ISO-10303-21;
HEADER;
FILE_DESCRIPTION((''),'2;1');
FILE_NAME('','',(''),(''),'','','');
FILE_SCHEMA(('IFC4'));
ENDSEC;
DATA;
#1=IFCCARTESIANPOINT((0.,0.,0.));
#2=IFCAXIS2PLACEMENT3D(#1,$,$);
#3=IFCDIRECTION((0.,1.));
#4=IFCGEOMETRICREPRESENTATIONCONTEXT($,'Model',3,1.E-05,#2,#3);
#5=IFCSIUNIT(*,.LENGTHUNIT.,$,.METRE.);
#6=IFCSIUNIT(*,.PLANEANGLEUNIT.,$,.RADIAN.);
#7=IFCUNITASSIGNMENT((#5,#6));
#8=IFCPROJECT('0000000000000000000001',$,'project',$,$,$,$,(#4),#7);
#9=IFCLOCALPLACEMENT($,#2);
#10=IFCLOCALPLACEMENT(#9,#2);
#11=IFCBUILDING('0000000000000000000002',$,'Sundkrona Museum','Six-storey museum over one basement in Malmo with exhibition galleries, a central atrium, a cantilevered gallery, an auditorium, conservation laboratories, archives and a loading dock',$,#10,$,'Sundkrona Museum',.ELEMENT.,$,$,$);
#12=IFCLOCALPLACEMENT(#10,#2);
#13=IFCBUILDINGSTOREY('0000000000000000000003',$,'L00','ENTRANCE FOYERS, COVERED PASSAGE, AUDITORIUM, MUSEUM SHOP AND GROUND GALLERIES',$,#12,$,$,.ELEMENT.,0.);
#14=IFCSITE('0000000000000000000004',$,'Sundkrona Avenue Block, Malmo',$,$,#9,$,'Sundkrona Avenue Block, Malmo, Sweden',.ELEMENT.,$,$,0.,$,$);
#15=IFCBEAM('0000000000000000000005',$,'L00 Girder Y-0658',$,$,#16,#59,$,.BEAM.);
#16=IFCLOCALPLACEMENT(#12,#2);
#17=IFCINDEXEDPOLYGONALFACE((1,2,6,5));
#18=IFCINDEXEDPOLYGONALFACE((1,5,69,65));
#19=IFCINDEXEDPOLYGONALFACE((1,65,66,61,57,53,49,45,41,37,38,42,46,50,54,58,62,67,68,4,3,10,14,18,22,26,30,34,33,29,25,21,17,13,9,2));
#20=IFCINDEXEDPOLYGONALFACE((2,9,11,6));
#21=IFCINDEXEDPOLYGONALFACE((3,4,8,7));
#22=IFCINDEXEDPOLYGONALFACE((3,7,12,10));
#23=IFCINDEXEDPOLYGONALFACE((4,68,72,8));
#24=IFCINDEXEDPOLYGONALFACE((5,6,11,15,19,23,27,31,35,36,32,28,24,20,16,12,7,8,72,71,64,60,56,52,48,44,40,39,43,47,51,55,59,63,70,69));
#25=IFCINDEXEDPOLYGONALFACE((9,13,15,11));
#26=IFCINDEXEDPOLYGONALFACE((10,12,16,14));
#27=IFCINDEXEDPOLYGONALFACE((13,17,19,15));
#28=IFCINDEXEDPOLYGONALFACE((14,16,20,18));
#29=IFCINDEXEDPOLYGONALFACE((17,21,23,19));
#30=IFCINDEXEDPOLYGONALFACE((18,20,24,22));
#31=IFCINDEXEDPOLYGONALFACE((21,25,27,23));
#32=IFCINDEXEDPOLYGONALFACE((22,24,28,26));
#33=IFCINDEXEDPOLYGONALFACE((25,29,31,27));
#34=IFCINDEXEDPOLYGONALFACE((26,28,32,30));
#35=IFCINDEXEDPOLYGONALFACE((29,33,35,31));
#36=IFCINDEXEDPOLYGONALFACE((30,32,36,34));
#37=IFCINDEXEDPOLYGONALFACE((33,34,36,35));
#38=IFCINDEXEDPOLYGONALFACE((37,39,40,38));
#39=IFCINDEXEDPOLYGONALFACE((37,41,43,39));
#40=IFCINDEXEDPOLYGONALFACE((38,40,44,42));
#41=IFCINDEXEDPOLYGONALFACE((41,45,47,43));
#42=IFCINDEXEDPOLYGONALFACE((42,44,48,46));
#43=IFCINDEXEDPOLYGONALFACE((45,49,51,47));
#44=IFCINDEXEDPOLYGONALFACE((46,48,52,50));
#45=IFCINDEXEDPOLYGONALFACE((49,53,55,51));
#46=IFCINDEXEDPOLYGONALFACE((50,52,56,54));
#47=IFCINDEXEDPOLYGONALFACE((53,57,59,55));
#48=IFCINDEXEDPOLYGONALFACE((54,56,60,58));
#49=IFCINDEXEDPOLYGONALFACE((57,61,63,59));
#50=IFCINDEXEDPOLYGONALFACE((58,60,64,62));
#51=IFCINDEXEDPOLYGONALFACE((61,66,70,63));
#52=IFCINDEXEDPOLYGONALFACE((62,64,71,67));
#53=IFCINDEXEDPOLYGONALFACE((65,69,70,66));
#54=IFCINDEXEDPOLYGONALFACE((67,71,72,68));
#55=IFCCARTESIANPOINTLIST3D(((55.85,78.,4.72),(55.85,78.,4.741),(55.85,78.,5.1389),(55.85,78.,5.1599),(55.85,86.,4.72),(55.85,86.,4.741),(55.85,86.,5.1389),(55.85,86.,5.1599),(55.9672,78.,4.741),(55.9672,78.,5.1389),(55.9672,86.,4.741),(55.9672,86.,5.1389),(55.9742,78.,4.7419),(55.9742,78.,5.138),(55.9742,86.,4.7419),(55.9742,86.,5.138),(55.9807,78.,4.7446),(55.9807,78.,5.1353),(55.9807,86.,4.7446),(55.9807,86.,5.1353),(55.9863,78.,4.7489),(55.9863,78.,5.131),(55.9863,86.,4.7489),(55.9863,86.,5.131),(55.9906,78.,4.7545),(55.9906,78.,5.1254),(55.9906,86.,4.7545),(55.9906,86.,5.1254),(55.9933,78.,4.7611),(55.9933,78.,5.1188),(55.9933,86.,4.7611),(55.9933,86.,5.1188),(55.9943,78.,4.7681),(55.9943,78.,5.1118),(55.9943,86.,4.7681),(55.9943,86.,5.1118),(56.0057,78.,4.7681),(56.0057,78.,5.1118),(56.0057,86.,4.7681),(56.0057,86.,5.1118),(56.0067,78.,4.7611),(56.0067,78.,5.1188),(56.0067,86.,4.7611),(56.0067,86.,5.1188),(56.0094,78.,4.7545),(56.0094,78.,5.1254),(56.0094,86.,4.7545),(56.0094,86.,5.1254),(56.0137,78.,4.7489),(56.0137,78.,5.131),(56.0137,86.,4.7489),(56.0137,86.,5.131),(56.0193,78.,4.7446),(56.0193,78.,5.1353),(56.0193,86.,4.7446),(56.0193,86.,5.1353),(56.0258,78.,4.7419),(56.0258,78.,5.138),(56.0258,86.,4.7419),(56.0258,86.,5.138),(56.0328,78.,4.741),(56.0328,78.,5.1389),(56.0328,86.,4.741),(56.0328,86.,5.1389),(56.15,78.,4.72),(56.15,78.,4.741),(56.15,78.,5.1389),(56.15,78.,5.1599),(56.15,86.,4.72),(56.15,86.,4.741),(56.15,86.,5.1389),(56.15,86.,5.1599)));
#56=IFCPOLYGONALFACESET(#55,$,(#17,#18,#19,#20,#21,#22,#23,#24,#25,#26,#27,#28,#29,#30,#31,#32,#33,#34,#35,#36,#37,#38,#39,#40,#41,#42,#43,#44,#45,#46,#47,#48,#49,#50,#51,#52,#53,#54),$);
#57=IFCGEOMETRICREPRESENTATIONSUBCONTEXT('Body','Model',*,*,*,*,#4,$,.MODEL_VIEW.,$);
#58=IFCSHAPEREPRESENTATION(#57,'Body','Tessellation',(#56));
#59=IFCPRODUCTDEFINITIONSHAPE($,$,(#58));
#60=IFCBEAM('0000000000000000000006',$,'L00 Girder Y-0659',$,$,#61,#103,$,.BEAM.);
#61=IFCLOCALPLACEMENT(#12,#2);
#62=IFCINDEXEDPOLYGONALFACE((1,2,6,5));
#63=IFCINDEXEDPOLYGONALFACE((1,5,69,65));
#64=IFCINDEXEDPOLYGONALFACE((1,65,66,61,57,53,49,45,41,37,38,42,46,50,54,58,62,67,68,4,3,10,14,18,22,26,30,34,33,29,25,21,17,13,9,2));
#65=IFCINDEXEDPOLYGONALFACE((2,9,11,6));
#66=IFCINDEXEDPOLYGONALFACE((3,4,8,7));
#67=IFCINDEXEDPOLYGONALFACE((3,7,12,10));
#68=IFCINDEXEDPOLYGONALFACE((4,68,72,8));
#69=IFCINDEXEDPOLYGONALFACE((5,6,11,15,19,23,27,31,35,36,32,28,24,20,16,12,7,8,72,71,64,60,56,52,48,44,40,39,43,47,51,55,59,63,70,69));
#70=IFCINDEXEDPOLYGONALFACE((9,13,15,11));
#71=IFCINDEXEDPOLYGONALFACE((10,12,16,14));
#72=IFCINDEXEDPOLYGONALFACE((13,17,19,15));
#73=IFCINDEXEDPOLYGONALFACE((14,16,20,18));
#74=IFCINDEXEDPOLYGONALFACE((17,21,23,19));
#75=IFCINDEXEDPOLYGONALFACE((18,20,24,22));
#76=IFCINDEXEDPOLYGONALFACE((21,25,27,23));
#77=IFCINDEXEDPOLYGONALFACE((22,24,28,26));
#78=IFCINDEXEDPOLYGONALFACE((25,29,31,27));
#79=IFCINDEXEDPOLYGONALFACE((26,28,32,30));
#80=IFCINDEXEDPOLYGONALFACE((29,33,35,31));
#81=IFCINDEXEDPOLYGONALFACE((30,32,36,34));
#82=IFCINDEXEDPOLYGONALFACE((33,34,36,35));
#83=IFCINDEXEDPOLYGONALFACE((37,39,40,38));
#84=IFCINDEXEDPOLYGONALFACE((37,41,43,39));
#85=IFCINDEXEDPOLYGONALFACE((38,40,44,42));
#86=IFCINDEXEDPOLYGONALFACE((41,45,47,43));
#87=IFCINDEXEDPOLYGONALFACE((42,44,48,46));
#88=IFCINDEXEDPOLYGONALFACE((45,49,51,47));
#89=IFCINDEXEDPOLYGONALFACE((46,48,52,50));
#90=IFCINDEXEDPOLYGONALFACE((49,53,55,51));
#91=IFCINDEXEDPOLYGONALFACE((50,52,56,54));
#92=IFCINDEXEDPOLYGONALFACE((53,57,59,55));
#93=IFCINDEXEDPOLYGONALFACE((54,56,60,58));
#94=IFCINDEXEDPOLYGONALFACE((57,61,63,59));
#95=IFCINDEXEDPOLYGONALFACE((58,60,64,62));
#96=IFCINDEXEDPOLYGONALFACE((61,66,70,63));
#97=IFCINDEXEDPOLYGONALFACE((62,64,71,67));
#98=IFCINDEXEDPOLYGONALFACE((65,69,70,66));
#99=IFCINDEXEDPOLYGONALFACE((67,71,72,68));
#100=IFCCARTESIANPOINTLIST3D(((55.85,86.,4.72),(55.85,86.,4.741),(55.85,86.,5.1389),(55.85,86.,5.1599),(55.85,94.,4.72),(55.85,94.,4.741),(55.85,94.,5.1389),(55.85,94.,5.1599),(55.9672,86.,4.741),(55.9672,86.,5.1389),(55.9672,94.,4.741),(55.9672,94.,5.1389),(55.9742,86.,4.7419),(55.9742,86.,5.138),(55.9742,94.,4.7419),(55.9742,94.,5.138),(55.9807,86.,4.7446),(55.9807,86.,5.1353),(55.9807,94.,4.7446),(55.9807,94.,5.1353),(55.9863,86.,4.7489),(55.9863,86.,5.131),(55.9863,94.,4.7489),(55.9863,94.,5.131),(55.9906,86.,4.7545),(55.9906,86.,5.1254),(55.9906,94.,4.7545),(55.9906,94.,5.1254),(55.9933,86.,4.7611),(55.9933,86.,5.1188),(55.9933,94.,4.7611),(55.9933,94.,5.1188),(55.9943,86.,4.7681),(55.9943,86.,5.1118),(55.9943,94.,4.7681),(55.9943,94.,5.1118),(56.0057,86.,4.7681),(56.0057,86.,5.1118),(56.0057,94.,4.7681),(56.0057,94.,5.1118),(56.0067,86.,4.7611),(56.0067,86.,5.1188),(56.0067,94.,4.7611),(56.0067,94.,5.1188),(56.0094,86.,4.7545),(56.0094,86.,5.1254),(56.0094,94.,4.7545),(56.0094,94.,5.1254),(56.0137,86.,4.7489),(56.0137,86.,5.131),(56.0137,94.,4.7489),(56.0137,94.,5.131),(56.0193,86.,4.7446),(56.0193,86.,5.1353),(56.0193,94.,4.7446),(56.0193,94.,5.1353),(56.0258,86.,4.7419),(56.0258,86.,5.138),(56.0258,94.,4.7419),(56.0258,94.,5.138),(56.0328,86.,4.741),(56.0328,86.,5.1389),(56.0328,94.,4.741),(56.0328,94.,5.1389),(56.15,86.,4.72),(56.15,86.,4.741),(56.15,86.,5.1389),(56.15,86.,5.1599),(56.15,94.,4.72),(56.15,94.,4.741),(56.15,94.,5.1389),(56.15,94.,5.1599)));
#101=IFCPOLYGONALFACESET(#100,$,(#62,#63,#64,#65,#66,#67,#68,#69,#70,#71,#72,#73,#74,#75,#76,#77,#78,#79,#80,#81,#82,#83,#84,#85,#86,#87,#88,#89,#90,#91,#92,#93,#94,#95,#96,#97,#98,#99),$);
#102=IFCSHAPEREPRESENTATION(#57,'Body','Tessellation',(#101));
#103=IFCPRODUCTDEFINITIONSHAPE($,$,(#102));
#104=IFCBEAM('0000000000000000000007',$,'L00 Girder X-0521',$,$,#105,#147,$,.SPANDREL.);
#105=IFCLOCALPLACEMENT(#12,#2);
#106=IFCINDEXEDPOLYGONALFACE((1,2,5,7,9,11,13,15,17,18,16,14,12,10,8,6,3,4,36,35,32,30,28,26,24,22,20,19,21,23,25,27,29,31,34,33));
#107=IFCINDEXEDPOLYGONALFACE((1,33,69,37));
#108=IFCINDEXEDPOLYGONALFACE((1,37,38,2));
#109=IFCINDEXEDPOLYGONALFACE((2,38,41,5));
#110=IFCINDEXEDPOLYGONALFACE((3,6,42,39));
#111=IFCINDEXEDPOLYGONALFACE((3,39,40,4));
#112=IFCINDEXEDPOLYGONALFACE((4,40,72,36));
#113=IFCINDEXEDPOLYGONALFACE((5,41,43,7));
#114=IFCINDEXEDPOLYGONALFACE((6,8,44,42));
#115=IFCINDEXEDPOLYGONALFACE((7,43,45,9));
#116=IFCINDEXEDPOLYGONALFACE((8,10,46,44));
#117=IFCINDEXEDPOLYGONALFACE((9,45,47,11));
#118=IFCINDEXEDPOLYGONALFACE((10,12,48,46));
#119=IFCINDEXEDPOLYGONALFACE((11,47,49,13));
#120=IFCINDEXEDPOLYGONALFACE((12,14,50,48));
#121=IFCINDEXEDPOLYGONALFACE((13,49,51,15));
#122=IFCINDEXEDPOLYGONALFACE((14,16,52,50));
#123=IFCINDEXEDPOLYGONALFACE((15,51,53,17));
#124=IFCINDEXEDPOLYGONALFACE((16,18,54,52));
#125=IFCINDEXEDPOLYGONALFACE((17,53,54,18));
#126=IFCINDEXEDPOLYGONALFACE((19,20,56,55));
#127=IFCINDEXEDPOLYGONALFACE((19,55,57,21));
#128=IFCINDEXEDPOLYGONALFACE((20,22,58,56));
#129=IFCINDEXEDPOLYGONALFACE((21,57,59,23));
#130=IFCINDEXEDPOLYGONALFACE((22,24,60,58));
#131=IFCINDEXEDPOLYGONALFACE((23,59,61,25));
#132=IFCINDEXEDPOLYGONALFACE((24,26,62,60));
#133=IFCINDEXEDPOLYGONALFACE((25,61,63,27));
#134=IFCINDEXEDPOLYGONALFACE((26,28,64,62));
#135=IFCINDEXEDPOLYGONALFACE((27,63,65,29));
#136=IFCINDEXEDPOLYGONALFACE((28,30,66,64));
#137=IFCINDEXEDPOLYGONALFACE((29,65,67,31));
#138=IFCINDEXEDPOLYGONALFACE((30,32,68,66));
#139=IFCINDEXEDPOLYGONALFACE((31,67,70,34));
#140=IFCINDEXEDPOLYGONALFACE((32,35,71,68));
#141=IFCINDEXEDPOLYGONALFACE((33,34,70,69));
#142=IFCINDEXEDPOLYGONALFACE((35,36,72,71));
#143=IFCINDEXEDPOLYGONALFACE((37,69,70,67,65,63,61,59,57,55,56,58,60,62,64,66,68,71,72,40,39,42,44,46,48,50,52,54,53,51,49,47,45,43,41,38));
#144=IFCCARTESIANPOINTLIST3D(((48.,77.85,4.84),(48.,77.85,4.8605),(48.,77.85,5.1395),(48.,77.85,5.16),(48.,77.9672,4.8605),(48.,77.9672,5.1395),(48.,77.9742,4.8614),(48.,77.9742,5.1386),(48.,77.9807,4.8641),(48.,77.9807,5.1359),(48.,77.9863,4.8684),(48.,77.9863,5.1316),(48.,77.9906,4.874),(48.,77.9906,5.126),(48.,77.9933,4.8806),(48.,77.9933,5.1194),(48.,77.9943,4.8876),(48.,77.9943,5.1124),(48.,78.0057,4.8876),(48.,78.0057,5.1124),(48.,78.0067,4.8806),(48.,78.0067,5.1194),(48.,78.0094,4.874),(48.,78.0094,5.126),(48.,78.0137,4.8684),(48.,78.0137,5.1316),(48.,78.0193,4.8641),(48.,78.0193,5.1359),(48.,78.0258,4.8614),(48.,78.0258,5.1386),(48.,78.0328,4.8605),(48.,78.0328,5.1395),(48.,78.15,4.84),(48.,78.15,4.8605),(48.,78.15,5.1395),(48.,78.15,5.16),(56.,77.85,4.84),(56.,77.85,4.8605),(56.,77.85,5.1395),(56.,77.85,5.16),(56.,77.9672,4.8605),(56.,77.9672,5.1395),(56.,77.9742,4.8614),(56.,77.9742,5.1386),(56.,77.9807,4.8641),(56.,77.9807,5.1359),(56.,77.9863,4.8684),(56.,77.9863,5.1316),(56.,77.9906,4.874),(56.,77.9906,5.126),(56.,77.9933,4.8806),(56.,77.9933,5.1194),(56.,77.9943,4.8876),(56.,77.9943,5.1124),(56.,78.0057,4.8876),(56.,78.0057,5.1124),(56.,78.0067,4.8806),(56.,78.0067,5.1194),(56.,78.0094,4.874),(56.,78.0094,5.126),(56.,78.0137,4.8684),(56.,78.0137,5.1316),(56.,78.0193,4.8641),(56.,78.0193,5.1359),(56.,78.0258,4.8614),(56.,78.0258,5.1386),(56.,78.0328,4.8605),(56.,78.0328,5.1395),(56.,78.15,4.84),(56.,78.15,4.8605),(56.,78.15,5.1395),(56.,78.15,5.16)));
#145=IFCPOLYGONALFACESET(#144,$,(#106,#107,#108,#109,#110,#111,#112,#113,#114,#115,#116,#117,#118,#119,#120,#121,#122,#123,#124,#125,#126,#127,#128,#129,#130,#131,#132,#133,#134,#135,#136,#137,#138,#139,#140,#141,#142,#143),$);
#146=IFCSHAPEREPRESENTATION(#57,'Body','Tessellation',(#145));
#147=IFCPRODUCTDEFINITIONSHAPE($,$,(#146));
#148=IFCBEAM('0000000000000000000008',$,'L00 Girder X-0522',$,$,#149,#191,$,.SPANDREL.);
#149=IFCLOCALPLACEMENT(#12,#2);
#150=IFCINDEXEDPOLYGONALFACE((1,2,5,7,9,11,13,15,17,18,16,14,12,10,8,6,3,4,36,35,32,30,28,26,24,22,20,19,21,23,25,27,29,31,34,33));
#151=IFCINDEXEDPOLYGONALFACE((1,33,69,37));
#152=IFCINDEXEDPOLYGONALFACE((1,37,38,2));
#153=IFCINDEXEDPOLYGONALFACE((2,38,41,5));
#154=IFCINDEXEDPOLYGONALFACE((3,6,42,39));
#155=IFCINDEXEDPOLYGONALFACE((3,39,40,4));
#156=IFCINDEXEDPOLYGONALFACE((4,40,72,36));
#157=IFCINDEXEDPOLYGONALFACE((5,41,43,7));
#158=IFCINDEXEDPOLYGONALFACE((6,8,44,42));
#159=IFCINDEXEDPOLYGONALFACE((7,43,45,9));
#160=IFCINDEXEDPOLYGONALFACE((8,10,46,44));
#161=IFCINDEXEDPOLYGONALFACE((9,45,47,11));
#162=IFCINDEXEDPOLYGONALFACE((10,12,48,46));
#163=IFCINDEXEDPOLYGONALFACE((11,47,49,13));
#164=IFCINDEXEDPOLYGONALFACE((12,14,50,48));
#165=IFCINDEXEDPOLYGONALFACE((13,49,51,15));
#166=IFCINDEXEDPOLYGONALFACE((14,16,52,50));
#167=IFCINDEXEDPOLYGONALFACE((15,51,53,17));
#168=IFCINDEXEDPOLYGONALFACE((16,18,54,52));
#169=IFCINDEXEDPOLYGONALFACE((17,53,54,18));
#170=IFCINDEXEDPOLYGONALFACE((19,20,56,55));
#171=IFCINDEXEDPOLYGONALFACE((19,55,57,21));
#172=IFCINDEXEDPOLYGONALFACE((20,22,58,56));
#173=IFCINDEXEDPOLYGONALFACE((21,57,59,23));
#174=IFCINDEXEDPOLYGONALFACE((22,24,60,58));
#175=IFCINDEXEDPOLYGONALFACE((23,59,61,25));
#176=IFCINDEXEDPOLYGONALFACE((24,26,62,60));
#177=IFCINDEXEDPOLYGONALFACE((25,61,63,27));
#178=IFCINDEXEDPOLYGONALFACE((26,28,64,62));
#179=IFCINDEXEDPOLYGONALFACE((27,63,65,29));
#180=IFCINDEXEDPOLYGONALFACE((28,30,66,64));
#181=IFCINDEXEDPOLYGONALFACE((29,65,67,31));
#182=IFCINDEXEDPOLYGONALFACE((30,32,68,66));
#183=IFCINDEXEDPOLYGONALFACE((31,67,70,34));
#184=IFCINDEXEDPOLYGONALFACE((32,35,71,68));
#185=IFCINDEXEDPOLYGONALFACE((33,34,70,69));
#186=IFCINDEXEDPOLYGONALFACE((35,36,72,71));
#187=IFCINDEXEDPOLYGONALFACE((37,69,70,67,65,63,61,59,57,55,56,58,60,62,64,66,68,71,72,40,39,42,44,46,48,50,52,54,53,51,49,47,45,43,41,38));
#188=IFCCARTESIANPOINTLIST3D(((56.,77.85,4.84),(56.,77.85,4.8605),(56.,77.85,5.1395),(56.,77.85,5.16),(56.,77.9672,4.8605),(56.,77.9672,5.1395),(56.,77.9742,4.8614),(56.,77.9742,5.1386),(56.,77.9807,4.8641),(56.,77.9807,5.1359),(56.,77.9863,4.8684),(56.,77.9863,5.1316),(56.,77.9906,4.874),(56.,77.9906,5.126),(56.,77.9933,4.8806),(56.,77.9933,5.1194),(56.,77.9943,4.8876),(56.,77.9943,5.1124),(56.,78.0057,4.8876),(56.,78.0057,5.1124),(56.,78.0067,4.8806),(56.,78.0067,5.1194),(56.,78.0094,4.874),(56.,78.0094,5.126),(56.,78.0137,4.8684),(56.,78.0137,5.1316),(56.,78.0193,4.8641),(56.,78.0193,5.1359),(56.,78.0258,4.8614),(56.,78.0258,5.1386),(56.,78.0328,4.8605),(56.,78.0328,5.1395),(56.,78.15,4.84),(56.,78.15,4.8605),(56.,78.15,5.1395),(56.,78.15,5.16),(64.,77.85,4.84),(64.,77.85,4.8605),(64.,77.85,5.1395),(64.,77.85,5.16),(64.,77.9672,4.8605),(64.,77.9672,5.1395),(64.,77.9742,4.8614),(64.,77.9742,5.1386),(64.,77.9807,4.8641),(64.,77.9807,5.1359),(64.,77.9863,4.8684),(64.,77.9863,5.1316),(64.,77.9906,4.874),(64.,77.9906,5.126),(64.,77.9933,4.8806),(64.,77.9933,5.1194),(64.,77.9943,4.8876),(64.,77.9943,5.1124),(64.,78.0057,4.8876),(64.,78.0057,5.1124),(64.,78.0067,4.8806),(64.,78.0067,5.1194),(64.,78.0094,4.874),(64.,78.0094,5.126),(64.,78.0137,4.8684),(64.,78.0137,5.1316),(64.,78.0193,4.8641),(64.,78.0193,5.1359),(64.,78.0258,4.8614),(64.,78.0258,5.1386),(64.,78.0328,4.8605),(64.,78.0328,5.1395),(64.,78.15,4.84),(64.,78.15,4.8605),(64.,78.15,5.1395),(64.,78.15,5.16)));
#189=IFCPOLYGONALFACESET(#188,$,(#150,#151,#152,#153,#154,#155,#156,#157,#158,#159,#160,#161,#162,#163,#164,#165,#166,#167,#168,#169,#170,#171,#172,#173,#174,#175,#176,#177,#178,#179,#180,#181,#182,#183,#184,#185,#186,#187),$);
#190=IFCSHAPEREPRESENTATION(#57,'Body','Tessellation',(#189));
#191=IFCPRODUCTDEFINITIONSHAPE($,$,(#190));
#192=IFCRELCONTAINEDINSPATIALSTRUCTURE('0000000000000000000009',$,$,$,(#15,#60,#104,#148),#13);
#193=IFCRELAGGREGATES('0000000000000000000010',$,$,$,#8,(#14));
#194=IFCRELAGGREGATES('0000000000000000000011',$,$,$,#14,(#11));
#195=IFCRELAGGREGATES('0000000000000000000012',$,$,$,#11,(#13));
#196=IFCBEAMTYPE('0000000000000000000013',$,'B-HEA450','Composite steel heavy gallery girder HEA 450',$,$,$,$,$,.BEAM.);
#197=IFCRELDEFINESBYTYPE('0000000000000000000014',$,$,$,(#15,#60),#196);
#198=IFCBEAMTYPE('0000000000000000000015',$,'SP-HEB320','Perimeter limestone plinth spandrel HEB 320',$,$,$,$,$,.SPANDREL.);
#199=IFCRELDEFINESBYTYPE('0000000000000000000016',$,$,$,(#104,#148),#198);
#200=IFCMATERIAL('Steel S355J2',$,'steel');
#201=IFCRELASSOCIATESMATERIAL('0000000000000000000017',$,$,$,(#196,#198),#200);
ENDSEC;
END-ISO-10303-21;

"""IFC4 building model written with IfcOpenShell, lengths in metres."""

from ifc_helpers import new_model, si_unit, direction, frame, origin, origin_2d, place, context, subcontext, project, spatial, i_section, extrude, material, material_profile, profile_set, type_object, element, save


model = new_model("IFC4")

# Units and contexts
model_context = context("Model", 3, precision=1e-05, world=origin(), true_north=direction((0.0, 1.0)))
body_context = subcontext(model_context, "Body", "Model", "MODEL_VIEW")
ifc_project = project(units=[si_unit("LENGTHUNIT", "METRE"), si_unit("PLANEANGLEUNIT", "RADIAN")], contexts=[model_context])

# Site, building, storey
site_placement = place(None, origin())
site = spatial("IfcSite", under=ifc_project, at=site_placement, Name="Sundkrona Avenue Block, Malmo", LongName="Sundkrona Avenue Block, Malmo, Sweden", CompositionType="ELEMENT", RefElevation=0.0)
building_placement = place(site_placement, origin())
building = spatial("IfcBuilding", under=site, at=building_placement, Name="Sundkrona Museum", Description="Six-storey museum over one basement in Malmo with exhibition galleries, a central atrium, a cantilevered gallery, an auditorium, conservation laboratories, archives and a loading dock", LongName="Sundkrona Museum", CompositionType="ELEMENT")
storey_placement = place(building_placement, origin())
storey = spatial("IfcBuildingStorey", under=building, at=storey_placement, Name="L00", Description="ENTRANCE FOYERS, COVERED PASSAGE, AUDITORIUM, MUSEUM SHOP AND GROUND GALLERIES", CompositionType="ELEMENT", Elevation=0.0)

# Shared definitions
ifc_material_1 = material(Name="Steel S355J2", Category="steel")

# Beams
ifc_material_profile_1 = material_profile(ifc_material_1, i_section(OverallWidth=0.3, OverallDepth=0.4399, WebThickness=0.0115, FlangeThickness=0.021, FilletRadius=0.0271, at=origin_2d()), Name="HEA 450")
ifc_profile_set_1 = profile_set([ifc_material_profile_1], Name="Steel S355J2")
beam_type_1 = type_object("IfcBeamType", Name="B-HEA450", Description="Composite steel heavy gallery girder HEA 450", PredefinedType="BEAM", material=ifc_profile_set_1)
for number, where, z_axis, x_axis, name in (
    (1, (56.0, 78.0, 4.9399), (0.0, 1.0, 0.0), (-1.0, 0.0, 0.0), "L00 Girder Y-0658"),
    (2, (56.0, 86.0, 4.9399), (0.0, 1.0, 0.0), (-1.0, 0.0, 0.0), "L00 Girder Y-0659"),
):
    element("IfcBeam", number, at=place(storey_placement, frame(where, z_axis=z_axis, x_axis=x_axis)), inside=storey, type_object=beam_type_1, Name=name, PredefinedType="BEAM", context=body_context, shape_type="SweptSolid", body=[
        extrude(i_section(OverallWidth=0.3, OverallDepth=0.4399, WebThickness=0.0115, FlangeThickness=0.021, FilletRadius=0.0271, at=origin_2d()), origin(), (0.0, 0.0, 1.0), 8.0),
    ])
ifc_material_profile_2 = material_profile(ifc_material_1, i_section(OverallWidth=0.3, OverallDepth=0.3201, WebThickness=0.0115, FlangeThickness=0.0205, FilletRadius=0.0271, at=origin_2d()), Name="HEB 320")
ifc_profile_set_2 = profile_set([ifc_material_profile_2], Name="Steel S355J2")
beam_type_2 = type_object("IfcBeamType", Name="SP-HEB320", Description="Perimeter limestone plinth spandrel HEB 320", PredefinedType="SPANDREL", material=ifc_profile_set_2)
for number, where, z_axis, x_axis, name in (
    (3, (48.0, 78.0, 5.0), (1.0, 0.0, 0.0), (0.0, 1.0, 0.0), "L00 Girder X-0521"),
    (4, (56.0, 78.0, 5.0), (1.0, 0.0, 0.0), (0.0, 1.0, 0.0), "L00 Girder X-0522"),
):
    element("IfcBeam", number, at=place(storey_placement, frame(where, z_axis=z_axis, x_axis=x_axis)), inside=storey, type_object=beam_type_2, Name=name, PredefinedType="SPANDREL", context=body_context, shape_type="SweptSolid", body=[
        extrude(i_section(OverallWidth=0.3, OverallDepth=0.3201, WebThickness=0.0115, FlangeThickness=0.0205, FilletRadius=0.0271, at=origin_2d()), origin(), (0.0, 0.0, 1.0), 8.0),
    ])

save(model, "model.ifc")
